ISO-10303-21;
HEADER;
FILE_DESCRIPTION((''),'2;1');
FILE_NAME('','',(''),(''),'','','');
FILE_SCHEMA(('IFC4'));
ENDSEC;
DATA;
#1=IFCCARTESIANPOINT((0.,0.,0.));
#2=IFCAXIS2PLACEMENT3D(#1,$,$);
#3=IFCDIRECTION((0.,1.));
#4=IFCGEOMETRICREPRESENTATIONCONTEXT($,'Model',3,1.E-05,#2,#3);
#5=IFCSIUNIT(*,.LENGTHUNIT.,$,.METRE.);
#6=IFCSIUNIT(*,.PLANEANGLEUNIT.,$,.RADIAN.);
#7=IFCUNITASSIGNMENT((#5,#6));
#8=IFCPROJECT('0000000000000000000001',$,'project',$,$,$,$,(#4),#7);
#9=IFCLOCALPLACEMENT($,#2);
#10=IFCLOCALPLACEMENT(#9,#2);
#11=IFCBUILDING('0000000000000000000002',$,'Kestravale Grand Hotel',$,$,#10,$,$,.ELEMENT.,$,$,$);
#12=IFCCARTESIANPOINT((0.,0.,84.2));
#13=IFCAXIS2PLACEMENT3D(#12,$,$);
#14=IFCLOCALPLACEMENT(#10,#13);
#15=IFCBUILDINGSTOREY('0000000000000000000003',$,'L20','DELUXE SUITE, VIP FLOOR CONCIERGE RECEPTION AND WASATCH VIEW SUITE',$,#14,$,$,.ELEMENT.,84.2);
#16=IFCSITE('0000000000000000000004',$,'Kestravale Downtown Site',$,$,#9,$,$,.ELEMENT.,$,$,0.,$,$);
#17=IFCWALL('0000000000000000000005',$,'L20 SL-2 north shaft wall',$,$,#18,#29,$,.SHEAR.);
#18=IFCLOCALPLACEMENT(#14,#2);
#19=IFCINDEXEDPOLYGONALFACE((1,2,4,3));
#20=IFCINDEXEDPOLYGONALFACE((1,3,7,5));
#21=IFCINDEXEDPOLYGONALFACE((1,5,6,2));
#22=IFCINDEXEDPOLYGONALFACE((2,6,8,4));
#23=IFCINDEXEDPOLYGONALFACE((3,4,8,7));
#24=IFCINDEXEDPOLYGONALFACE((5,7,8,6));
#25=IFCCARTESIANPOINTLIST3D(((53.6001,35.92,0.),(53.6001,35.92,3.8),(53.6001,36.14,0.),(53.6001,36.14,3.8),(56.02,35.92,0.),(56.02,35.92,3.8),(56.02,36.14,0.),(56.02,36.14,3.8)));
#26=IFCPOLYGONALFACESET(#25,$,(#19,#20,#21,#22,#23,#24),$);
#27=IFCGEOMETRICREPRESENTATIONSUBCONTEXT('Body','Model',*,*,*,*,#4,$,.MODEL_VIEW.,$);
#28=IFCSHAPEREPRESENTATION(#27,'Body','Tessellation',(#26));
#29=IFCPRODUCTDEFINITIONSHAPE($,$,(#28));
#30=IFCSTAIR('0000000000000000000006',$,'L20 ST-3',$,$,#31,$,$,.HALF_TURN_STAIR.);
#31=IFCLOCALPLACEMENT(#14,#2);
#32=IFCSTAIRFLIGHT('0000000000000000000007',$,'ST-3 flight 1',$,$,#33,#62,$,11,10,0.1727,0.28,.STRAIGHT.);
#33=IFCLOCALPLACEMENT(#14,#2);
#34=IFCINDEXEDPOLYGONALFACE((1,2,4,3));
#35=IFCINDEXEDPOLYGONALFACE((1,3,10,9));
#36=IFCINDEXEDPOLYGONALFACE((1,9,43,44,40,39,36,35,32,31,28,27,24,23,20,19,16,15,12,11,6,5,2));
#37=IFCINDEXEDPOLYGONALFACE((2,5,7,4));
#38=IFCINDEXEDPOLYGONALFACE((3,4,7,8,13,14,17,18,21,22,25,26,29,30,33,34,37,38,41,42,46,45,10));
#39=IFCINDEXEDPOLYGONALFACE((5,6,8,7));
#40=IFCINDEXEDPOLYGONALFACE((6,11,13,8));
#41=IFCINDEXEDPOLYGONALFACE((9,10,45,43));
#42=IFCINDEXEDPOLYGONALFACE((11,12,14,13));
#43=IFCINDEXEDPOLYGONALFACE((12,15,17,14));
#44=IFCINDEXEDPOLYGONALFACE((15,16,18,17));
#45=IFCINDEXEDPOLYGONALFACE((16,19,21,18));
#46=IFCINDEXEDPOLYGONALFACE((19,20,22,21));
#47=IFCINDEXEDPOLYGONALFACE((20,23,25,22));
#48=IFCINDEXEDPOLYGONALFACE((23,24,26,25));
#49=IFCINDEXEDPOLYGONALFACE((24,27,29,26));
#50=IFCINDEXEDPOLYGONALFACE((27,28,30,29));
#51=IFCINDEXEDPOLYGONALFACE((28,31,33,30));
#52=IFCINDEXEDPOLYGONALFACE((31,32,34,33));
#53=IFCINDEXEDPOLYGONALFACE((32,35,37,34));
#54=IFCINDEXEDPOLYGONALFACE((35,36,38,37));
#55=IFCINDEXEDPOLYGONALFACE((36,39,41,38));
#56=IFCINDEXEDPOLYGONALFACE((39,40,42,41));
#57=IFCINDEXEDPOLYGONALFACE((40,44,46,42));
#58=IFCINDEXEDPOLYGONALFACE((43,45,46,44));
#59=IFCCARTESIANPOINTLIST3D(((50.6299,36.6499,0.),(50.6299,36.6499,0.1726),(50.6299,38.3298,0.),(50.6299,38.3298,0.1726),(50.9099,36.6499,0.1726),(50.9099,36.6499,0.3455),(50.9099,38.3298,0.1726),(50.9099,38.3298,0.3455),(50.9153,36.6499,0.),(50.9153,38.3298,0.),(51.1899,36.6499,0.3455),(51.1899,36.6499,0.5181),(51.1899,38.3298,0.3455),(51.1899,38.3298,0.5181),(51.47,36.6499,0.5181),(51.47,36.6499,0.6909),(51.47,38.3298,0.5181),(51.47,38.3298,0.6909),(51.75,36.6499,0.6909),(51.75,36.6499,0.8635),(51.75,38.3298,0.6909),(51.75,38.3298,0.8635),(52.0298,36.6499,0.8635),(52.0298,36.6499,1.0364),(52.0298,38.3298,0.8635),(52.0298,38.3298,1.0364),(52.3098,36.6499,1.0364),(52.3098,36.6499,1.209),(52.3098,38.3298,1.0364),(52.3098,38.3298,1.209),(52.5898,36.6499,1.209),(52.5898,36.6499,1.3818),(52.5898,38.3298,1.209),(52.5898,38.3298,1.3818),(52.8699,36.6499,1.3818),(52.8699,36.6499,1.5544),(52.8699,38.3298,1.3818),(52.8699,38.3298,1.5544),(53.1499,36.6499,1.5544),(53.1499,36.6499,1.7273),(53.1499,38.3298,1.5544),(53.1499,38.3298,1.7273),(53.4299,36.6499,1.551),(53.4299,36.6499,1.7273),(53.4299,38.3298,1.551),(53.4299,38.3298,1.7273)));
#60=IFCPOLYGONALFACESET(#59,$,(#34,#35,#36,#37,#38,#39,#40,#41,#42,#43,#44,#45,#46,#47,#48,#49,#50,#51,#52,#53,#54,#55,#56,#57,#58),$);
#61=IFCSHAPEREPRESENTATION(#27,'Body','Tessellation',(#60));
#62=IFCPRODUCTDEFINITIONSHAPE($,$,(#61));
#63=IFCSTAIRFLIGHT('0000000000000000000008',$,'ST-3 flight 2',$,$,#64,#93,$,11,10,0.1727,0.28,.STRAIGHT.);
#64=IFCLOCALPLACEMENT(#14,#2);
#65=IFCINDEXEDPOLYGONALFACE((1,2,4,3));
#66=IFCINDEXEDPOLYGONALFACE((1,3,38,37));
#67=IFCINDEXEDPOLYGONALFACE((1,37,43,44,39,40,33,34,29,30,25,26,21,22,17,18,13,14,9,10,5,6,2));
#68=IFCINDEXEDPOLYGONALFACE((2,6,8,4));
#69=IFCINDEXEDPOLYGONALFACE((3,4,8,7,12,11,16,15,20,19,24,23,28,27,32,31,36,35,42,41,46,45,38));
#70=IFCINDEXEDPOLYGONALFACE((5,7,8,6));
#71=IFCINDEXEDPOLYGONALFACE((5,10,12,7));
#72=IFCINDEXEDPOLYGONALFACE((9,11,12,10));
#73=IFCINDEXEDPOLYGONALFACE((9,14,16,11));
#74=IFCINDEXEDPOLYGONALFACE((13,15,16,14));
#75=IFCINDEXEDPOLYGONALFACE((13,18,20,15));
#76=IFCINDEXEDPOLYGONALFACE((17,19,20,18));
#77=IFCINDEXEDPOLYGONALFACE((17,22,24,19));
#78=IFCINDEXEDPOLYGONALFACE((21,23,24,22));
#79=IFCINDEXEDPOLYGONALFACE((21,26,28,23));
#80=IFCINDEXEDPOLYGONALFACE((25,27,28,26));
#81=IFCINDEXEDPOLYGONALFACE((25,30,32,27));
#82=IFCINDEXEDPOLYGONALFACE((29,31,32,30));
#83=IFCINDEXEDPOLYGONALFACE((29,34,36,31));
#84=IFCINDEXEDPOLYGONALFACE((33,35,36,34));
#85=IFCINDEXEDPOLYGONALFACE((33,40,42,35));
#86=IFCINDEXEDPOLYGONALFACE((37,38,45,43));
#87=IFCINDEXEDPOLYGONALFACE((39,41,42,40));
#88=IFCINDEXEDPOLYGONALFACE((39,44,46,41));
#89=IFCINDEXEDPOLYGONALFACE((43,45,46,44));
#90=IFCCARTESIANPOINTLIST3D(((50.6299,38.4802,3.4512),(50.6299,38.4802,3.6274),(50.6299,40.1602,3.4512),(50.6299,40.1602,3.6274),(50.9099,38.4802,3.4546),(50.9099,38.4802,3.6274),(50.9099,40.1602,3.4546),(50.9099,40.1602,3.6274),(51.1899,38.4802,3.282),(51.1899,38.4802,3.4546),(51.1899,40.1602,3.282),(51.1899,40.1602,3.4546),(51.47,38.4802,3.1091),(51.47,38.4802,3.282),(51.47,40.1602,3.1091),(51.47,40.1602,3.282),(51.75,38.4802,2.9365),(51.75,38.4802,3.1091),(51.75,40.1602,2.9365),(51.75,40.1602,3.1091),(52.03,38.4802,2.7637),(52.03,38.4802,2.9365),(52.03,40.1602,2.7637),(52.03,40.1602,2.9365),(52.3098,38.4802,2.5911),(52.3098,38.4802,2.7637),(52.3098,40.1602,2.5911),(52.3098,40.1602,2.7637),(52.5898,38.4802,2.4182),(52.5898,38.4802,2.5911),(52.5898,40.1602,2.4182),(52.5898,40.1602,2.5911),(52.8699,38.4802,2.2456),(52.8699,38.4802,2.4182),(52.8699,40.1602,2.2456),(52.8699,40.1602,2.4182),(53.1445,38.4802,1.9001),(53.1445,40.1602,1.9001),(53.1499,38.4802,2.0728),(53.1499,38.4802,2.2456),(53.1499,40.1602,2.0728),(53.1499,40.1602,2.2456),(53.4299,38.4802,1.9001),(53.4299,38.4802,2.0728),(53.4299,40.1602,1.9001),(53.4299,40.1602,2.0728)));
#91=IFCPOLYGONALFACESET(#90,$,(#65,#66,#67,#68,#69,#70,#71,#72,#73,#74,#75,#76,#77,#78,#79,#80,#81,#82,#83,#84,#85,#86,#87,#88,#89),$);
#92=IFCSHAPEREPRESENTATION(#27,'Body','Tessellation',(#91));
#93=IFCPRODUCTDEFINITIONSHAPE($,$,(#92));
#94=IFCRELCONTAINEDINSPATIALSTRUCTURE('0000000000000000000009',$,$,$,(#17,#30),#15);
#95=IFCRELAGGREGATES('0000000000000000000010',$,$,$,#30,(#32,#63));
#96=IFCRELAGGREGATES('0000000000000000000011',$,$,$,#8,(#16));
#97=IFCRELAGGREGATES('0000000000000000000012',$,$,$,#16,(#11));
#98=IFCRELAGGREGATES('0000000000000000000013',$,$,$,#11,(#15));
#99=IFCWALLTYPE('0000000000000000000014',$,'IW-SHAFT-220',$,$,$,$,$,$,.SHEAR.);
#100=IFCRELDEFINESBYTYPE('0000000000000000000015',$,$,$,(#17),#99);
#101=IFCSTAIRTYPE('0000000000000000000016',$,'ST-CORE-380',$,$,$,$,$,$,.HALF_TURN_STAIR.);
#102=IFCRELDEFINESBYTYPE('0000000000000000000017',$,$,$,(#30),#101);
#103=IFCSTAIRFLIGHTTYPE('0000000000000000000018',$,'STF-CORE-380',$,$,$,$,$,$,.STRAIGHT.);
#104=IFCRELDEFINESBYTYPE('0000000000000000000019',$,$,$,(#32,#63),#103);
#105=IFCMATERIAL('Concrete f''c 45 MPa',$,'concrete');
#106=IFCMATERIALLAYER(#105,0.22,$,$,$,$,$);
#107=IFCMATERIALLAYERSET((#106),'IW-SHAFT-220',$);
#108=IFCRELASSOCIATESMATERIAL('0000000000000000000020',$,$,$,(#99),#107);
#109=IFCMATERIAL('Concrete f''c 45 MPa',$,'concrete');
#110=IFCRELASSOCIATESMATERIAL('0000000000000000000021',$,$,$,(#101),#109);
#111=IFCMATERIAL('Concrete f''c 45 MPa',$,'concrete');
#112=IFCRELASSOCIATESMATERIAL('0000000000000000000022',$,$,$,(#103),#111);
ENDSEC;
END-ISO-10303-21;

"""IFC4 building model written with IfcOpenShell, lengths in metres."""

from ifc_helpers import new_model, si_unit, direction, frame, frame_2d, origin, place, context, subcontext, project, spatial, polyline, rectangle, outline, extrude, material, layer, layer_set, type_object, element, aggregate, save


model = new_model("IFC4")

# Units and contexts
model_context = context("Model", 3, precision=1e-05, world=origin(), true_north=direction((0.0, 1.0)))
body_context = subcontext(model_context, "Body", "Model", "MODEL_VIEW")
ifc_project = project(units=[si_unit("LENGTHUNIT", "METRE"), si_unit("PLANEANGLEUNIT", "RADIAN")], contexts=[model_context])

# Site, building, storey
site_placement = place(None, origin())
site = spatial("IfcSite", under=ifc_project, at=site_placement, Name="Kestravale Downtown Site", CompositionType="ELEMENT", RefElevation=0.0)
building_placement = place(site_placement, origin())
building = spatial("IfcBuilding", under=site, at=building_placement, Name="Kestravale Grand Hotel", CompositionType="ELEMENT")
storey_placement = place(building_placement, frame((0.0, 0.0, 84.2)))
storey = spatial("IfcBuildingStorey", under=building, at=storey_placement, Name="L20", Description="DELUXE SUITE, VIP FLOOR CONCIERGE RECEPTION AND WASATCH VIEW SUITE", CompositionType="ELEMENT", Elevation=84.2)

# Shared definitions
ifc_material_1 = material(Name="Concrete f'c 45 MPa", Category="concrete")
ifc_layer_1 = layer(ifc_material_1, 0.22)
ifc_layer_set_1 = layer_set([ifc_layer_1], Name="IW-SHAFT-220")
wall_type_1 = type_object("IfcWallType", Name="IW-SHAFT-220", PredefinedType="SHEAR", material=ifc_layer_set_1)

# Wall
wall_1_placement = place(storey_placement, frame((53.6001, 36.03, 0.0), z_axis=(0.0, 0.0, 1.0), x_axis=(1.0, 0.0, 0.0)))
element("IfcWall", 1, at=wall_1_placement, inside=storey, type_object=wall_type_1, Name="L20 SL-2 north shaft wall", PredefinedType="SHEAR", context=body_context, shape_type="SweptSolid", body=[
    extrude(rectangle(XDim=2.4199, YDim=0.22, at=frame_2d((1.21, 0.0))), origin(), (0.0, 0.0, 1.0), 3.8),
])

# Stair, stair flights
ifc_material_2 = material(Name="Concrete f'c 45 MPa", Category="concrete")
stair_type = type_object("IfcStairType", Name="ST-CORE-380", PredefinedType="HALF_TURN_STAIR", material=ifc_material_2)
stair_placement = place(storey_placement, origin())
stair = element("IfcStair", 2, at=stair_placement, inside=storey, type_object=stair_type, Name="L20 ST-3", PredefinedType="HALF_TURN_STAIR")
ifc_material_3 = material(Name="Concrete f'c 45 MPa", Category="concrete")
stair_flight_type = type_object("IfcStairFlightType", Name="STF-CORE-380", PredefinedType="STRAIGHT", material=ifc_material_3)
stair_flight_1_placement = place(storey_placement, frame((50.6299, 37.49, 0.0), z_axis=(0.0, 0.0, 1.0), x_axis=(1.0, 0.0, 0.0)))
stair_flight_1 = element("IfcStairFlight", 3, at=stair_flight_1_placement, type_object=stair_flight_type, Name="ST-3 flight 1", NumberOfRisers=11, NumberOfTreads=10, PredefinedType="STRAIGHT", RiserHeight=0.1727, TreadLength=0.28, context=body_context, shape_type="SweptSolid", body=[
    extrude(outline(polyline([(0.0, 0.0), (0.0, 0.1726), (0.28, 0.1726), (0.28, 0.3455), (0.5601, 0.3455), (0.5601, 0.5181), (0.8401, 0.5181), (0.8401, 0.6909), (1.1201, 0.6909), (1.1201, 0.8635), (1.3999, 0.8635), (1.3999, 1.0364), (1.6799, 1.0364), (1.6799, 1.209), (1.96, 1.209), (1.96, 1.3818), (2.24, 1.3818), (2.24, 1.5544), (2.52, 1.5544), (2.52, 1.7273), (2.8, 1.7273), (2.8, 1.8999), (2.8, 1.551), (0.2854, 0.0), (0.0, 0.0)])), frame((0.0, 0.8398, 0.0), z_axis=(0.0, -1.0, 0.0), x_axis=(1.0, 0.0, 0.0)), (0.0, 0.0, 1.0), 1.6799),
])
stair_flight_2_placement = place(storey_placement, frame((53.4299, 39.3201, 1.9001), z_axis=(0.0, 0.0, 1.0), x_axis=(-1.0, 0.0, 0.0)))
stair_flight_2 = element("IfcStairFlight", 4, at=stair_flight_2_placement, type_object=stair_flight_type, Name="ST-3 flight 2", NumberOfRisers=11, NumberOfTreads=10, PredefinedType="STRAIGHT", RiserHeight=0.1727, TreadLength=0.28, context=body_context, shape_type="SweptSolid", body=[
    extrude(outline(polyline([(0.0, 0.0), (0.0, 0.1726), (0.28, 0.1726), (0.28, 0.3455), (0.5601, 0.3455), (0.5601, 0.5181), (0.8401, 0.5181), (0.8401, 0.6909), (1.1201, 0.6909), (1.1201, 0.8635), (1.3999, 0.8635), (1.3999, 1.0364), (1.6799, 1.0364), (1.6799, 1.209), (1.96, 1.209), (1.96, 1.3818), (2.24, 1.3818), (2.24, 1.5544), (2.52, 1.5544), (2.52, 1.7273), (2.8, 1.7273), (2.8, 1.8999), (2.8, 1.551), (0.2854, 0.0), (0.0, 0.0)])), frame((0.0, 0.8398, 0.0), z_axis=(0.0, -1.0, 0.0), x_axis=(1.0, 0.0, 0.0)), (0.0, 0.0, 1.0), 1.6799),
])
aggregate(stair, [stair_flight_1, stair_flight_2])

save(model, "model.ifc")
